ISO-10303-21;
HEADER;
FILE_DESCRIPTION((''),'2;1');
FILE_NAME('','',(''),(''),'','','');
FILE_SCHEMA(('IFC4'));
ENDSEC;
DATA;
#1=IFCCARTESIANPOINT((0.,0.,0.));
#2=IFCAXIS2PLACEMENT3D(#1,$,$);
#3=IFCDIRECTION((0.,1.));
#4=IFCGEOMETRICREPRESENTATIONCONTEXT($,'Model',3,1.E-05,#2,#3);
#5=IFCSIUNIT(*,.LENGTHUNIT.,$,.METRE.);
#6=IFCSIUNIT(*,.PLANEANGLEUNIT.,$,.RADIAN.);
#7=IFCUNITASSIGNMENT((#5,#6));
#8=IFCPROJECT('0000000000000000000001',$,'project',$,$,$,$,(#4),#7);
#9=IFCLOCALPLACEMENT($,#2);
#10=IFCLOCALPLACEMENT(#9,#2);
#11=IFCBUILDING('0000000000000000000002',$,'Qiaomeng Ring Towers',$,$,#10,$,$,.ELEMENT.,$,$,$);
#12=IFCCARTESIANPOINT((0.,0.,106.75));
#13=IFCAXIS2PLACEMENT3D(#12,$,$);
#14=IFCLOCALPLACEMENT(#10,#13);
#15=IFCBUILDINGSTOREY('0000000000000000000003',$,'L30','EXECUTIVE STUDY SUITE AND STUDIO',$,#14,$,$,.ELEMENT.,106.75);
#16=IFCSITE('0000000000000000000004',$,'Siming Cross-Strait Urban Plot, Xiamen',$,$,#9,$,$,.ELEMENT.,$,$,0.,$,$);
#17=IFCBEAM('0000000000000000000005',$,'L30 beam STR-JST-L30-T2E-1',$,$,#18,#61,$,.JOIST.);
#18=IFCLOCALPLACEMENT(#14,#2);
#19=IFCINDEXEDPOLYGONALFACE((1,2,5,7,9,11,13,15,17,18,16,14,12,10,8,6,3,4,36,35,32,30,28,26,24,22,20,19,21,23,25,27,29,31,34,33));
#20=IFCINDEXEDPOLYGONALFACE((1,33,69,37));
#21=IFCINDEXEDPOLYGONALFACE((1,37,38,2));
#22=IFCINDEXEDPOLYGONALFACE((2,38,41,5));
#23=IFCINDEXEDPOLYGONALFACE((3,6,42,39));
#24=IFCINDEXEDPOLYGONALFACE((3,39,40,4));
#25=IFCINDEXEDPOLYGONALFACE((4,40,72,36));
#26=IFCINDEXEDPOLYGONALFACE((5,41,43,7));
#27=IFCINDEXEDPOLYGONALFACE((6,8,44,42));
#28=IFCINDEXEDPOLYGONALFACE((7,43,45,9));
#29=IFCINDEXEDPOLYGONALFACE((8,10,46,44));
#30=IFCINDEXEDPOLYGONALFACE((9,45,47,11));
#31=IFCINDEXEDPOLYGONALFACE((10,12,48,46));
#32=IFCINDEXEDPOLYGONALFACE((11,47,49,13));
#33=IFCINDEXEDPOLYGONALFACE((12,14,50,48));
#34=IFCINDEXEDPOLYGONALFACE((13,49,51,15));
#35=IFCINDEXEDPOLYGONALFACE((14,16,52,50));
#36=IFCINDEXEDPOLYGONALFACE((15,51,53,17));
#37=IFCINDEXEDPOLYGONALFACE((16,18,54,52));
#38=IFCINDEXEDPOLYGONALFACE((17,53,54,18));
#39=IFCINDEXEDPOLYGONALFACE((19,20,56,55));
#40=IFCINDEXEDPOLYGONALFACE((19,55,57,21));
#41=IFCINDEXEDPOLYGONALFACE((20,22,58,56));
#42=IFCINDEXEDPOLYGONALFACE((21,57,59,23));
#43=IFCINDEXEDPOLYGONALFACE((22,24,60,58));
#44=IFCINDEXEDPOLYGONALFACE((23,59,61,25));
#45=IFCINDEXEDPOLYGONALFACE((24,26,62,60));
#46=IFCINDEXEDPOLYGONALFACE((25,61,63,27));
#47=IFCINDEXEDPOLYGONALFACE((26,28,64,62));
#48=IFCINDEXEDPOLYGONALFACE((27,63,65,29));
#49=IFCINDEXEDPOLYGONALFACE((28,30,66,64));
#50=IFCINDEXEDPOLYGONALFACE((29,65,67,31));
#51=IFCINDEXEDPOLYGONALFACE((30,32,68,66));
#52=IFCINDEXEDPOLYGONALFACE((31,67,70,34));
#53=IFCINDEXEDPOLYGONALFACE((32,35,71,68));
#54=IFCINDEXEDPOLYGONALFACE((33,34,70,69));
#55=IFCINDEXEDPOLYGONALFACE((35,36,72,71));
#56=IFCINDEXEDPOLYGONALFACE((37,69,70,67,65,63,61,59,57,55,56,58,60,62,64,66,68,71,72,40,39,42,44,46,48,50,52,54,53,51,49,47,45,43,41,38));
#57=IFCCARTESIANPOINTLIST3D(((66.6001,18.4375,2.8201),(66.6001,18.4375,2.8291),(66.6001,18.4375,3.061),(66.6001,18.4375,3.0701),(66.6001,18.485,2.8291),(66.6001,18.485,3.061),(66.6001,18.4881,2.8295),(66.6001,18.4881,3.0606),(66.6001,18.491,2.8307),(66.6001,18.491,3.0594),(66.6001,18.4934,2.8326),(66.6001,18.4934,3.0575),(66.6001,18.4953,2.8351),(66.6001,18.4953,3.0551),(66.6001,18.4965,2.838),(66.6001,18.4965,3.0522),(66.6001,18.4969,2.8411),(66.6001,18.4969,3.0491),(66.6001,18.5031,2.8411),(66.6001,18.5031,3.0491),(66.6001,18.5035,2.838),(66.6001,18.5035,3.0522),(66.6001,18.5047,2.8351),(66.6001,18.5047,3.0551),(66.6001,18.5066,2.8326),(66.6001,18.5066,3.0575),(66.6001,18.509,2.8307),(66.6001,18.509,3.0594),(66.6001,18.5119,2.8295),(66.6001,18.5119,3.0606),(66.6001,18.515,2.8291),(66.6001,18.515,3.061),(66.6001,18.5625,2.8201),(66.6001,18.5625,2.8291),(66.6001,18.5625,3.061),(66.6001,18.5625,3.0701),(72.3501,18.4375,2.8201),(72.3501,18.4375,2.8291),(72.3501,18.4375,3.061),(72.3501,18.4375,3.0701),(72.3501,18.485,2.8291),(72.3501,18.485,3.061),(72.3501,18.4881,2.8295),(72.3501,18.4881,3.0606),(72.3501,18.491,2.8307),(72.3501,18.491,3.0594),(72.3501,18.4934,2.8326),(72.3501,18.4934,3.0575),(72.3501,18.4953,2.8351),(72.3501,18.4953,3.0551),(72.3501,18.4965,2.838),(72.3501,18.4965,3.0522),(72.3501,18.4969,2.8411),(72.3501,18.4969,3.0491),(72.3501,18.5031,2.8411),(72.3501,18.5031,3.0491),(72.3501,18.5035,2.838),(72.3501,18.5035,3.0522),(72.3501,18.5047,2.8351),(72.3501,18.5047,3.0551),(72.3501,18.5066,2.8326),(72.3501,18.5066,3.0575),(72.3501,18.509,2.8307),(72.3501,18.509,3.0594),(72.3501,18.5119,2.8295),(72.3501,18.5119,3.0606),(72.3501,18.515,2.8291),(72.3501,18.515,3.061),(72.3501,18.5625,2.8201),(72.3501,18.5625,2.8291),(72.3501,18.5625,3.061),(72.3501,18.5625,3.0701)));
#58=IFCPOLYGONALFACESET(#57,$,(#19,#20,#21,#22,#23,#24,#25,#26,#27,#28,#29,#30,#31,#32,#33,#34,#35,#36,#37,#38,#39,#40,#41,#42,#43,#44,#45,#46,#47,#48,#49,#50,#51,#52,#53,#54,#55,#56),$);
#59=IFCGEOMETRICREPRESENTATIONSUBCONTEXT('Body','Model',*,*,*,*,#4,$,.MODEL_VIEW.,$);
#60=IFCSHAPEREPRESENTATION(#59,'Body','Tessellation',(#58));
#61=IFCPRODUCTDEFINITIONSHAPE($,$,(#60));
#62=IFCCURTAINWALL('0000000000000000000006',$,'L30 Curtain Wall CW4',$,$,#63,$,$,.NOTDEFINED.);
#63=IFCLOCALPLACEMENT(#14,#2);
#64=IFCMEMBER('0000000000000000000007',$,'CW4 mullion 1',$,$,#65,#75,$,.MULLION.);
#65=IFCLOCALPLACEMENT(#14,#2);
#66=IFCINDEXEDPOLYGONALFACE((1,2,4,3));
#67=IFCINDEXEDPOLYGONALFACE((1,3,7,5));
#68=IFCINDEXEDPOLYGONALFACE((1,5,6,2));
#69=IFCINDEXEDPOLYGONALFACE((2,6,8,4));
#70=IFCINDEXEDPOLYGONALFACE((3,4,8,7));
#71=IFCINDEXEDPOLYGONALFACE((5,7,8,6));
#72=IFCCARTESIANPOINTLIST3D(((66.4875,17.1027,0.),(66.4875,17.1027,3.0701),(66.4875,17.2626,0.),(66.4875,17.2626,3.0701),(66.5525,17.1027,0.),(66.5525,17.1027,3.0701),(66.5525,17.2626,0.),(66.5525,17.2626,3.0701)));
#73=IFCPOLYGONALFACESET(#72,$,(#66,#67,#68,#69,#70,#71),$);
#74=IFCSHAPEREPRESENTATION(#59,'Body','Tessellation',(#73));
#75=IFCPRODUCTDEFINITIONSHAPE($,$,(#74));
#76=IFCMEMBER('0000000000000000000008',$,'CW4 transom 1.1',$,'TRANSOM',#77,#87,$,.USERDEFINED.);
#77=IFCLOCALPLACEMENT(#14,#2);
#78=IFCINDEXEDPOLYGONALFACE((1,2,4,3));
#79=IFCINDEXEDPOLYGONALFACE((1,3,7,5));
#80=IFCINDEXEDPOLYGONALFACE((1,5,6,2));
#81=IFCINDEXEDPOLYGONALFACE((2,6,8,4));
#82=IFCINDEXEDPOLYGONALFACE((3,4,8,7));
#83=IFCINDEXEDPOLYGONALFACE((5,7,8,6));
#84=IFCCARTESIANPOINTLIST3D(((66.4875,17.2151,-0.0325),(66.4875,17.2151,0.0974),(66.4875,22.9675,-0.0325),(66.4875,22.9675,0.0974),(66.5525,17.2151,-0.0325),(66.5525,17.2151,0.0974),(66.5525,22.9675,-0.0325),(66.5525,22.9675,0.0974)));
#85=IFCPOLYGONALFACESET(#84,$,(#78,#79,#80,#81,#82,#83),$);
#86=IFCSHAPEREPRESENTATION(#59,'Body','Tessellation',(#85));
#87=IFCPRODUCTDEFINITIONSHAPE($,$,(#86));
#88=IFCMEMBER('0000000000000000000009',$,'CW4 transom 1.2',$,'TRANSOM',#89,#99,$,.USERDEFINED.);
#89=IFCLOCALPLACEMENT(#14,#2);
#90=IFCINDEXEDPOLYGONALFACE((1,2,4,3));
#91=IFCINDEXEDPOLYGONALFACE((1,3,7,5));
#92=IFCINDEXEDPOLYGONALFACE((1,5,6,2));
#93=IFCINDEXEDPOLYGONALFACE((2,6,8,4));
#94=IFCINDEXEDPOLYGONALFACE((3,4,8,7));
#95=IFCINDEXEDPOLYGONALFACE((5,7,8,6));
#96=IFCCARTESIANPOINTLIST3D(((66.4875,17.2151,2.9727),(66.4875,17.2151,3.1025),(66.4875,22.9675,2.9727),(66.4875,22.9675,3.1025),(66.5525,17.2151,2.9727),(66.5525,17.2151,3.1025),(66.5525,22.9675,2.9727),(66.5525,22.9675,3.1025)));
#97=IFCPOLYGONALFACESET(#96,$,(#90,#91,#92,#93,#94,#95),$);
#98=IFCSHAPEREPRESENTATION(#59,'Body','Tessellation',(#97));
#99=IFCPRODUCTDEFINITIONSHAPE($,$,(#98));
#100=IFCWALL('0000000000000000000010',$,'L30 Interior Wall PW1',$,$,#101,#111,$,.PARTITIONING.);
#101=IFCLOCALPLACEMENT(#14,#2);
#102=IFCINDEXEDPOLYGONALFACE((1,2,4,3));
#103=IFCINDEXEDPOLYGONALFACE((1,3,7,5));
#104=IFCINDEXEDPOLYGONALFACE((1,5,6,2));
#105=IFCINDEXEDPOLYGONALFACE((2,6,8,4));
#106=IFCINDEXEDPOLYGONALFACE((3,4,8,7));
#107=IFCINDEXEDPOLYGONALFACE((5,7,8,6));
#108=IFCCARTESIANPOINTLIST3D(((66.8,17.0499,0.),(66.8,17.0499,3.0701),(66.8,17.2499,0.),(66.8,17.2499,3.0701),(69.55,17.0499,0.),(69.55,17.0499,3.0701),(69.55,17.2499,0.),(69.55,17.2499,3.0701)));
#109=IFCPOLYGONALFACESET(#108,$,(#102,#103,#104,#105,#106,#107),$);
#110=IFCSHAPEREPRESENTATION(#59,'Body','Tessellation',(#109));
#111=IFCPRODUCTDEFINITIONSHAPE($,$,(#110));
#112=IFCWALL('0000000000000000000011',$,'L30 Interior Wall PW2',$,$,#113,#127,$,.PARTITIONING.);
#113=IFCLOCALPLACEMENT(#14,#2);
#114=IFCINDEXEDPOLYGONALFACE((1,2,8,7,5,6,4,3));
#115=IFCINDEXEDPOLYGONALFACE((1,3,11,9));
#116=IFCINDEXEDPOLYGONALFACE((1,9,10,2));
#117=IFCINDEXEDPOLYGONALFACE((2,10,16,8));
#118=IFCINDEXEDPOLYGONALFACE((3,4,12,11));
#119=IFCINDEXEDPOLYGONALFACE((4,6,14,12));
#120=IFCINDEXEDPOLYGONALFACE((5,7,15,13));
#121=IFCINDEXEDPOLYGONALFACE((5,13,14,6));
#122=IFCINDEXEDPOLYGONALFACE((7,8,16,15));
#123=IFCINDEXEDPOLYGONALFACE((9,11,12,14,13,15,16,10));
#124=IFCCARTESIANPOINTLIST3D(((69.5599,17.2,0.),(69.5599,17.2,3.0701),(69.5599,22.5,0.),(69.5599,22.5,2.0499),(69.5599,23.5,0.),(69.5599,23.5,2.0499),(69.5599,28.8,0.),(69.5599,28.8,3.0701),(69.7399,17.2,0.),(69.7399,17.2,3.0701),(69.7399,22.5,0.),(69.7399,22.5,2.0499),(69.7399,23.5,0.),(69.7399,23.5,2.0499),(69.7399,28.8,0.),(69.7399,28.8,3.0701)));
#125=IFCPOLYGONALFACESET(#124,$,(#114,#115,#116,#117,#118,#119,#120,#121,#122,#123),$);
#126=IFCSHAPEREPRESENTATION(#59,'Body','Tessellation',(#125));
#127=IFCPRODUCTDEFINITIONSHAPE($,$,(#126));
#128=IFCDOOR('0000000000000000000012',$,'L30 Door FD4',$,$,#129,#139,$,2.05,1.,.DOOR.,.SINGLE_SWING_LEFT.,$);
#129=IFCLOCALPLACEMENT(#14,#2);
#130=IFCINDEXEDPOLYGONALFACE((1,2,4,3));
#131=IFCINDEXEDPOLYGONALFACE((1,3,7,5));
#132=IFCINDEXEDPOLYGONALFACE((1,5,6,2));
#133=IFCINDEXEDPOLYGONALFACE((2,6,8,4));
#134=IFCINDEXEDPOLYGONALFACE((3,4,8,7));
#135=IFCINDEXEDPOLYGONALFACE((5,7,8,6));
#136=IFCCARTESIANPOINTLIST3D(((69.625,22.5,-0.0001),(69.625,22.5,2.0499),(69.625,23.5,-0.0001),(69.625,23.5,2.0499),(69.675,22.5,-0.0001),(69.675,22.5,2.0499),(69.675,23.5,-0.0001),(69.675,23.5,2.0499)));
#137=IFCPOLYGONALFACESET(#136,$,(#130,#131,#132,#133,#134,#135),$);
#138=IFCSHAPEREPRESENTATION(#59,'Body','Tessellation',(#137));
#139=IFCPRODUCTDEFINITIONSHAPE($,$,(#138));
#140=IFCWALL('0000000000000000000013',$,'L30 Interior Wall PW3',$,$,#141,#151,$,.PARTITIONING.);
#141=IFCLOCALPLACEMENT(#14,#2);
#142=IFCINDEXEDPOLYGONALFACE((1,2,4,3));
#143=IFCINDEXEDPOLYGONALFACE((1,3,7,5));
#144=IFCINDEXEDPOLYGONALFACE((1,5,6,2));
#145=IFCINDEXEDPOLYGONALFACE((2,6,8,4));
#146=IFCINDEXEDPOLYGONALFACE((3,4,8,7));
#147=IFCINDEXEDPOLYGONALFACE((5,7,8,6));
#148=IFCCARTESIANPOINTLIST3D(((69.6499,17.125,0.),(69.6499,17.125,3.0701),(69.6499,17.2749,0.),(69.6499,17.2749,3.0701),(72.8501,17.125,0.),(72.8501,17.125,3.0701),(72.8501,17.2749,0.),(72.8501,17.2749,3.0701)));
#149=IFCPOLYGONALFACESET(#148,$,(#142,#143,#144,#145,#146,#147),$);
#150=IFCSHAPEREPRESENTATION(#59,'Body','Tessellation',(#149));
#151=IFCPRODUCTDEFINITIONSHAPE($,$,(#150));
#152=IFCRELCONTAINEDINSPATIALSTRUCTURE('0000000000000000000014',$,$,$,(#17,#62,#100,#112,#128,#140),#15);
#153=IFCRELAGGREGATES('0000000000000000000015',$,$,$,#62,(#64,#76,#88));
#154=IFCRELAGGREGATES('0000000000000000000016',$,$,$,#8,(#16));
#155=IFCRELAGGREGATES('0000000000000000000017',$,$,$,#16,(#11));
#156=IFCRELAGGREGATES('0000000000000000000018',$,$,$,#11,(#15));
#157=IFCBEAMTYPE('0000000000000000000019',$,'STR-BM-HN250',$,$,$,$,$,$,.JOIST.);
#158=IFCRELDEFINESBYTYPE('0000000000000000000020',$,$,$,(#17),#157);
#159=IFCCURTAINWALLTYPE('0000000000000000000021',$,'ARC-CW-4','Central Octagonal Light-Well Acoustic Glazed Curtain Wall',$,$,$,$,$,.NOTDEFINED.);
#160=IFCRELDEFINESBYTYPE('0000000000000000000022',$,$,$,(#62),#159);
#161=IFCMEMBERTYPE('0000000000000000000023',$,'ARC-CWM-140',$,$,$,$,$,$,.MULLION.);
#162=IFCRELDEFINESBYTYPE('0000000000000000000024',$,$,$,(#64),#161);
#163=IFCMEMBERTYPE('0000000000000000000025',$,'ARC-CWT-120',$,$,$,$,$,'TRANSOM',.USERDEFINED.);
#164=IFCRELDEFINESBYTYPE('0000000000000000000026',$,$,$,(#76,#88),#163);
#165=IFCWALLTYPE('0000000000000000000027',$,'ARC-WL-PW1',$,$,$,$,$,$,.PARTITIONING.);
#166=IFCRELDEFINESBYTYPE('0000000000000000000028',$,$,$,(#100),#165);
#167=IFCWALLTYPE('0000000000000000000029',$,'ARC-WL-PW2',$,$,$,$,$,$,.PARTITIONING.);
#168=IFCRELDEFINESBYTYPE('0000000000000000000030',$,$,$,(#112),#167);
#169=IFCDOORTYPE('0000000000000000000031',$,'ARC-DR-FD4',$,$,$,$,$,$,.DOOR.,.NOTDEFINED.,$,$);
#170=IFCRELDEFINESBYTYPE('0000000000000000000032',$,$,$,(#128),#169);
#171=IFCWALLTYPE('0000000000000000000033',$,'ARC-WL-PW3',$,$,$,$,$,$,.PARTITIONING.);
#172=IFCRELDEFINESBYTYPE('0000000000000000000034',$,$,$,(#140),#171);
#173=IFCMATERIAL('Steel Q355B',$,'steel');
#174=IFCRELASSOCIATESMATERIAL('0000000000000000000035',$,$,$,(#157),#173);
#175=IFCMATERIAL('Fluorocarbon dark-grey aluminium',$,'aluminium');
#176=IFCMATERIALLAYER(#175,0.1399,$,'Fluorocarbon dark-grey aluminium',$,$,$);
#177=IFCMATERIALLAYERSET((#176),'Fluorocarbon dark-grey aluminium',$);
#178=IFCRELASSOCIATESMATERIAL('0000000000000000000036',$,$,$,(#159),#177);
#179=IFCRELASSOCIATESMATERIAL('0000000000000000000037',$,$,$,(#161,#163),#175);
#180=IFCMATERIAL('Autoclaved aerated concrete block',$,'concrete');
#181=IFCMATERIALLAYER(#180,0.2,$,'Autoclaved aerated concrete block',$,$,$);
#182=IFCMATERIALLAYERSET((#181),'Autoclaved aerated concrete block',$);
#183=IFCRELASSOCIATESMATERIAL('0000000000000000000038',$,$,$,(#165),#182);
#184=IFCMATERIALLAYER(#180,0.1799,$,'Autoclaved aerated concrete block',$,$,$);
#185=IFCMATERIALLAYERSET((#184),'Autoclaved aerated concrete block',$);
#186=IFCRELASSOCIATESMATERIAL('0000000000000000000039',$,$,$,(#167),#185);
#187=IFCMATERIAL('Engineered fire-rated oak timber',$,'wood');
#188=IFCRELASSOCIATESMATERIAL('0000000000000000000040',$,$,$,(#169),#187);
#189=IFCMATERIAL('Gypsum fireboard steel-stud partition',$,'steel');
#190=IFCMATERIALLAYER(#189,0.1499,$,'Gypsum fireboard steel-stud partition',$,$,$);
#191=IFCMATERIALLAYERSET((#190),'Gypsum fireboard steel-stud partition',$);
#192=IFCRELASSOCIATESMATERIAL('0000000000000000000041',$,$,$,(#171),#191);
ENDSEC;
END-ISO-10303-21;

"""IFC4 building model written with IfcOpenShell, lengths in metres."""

from ifc_helpers import new_model, si_unit, direction, frame, frame_2d, origin, origin_2d, place, context, subcontext, project, spatial, rectangle, i_section, extrude, source, transform, mapped, material, layer, layer_set, material_profile, profile_set, type_object, element, fill, aggregate, save


model = new_model("IFC4")

# Units and contexts
model_context = context("Model", 3, precision=1e-05, world=origin(), true_north=direction((0.0, 1.0)))
body_context = subcontext(model_context, "Body", "Model", "MODEL_VIEW")
ifc_project = project(units=[si_unit("LENGTHUNIT", "METRE"), si_unit("PLANEANGLEUNIT", "RADIAN")], contexts=[model_context])

# Site, building, storey
site_placement = place(None, origin())
site = spatial("IfcSite", under=ifc_project, at=site_placement, Name="Siming Cross-Strait Urban Plot, Xiamen", CompositionType="ELEMENT", RefElevation=0.0)
building_placement = place(site_placement, origin())
building = spatial("IfcBuilding", under=site, at=building_placement, Name="Qiaomeng Ring Towers", CompositionType="ELEMENT")
storey_placement = place(building_placement, frame((0.0, 0.0, 106.75)))
storey = spatial("IfcBuildingStorey", under=building, at=storey_placement, Name="L30", Description="EXECUTIVE STUDY SUITE AND STUDIO", CompositionType="ELEMENT", Elevation=106.75)

# Beam
ifc_material_1 = material(Name="Steel Q355B", Category="steel")
ifc_material_profile_1 = material_profile(ifc_material_1, i_section(OverallWidth=0.125, OverallDepth=0.25, WebThickness=0.0061, FlangeThickness=0.009, FilletRadius=0.012, at=origin_2d()), Name="HN 250x125x6x9")
ifc_profile_set_1 = profile_set([ifc_material_profile_1], Name="Steel Q355B")
beam_type_1 = type_object("IfcBeamType", Name="STR-BM-HN250", PredefinedType="JOIST", material=ifc_profile_set_1)
shared_shape_1 = source(origin(), body_context, "Body", "SweptSolid", [
    extrude(i_section(OverallWidth=0.125, OverallDepth=0.25, WebThickness=0.0061, FlangeThickness=0.009, FilletRadius=0.012, at=origin_2d()), origin(), (0.0, 0.0, 1.0), 5.75),
])
beam_1_placement = place(storey_placement, frame((66.6001, 18.5, 2.9451), z_axis=(1.0, 0.0, 0.0), x_axis=(0.0, 1.0, 0.0)))
element("IfcBeam", 1, at=beam_1_placement, inside=storey, type_object=beam_type_1, Name="L30 beam STR-JST-L30-T2E-1", PredefinedType="JOIST", context=body_context, shape_type="MappedRepresentation", body=[
    mapped(shared_shape_1, transform((0.0, 0.0, 0.0), x_axis=(1.0, 0.0, 0.0), y_axis=(0.0, 1.0, 0.0), z_axis=(0.0, 0.0, 1.0), scale=1.0)),
])

# Curtain wall, members
ifc_material_2 = material(Name="Fluorocarbon dark-grey aluminium", Category="aluminium")
ifc_layer_1 = layer(ifc_material_2, 0.1399, Name="Fluorocarbon dark-grey aluminium")
ifc_layer_set_1 = layer_set([ifc_layer_1], Name="Fluorocarbon dark-grey aluminium")
curtain_wall_type = type_object("IfcCurtainWallType", Name="ARC-CW-4", Description="Central Octagonal Light-Well Acoustic Glazed Curtain Wall", PredefinedType="NOTDEFINED", material=ifc_layer_set_1)
curtain_wall_placement = place(storey_placement, origin())
curtain_wall = element("IfcCurtainWall", 2, at=curtain_wall_placement, inside=storey, type_object=curtain_wall_type, Name="L30 Curtain Wall CW4", PredefinedType="NOTDEFINED")
ifc_material_profile_2 = material_profile(ifc_material_2, rectangle(XDim=0.0649, YDim=0.1599, at=origin_2d()), Name="ALU MULL 65x160")
ifc_profile_set_2 = profile_set([ifc_material_profile_2], Name="Fluorocarbon dark-grey aluminium")
member_type_1 = type_object("IfcMemberType", Name="ARC-CWM-140", PredefinedType="MULLION", material=ifc_profile_set_2)
shared_shape_2 = source(origin(), body_context, "Body", "SweptSolid", [
    extrude(rectangle(XDim=0.0649, YDim=0.1599, at=origin_2d()), origin(), (0.0, 0.0, 1.0), 3.0701),
])
member_1_placement = place(storey_placement, frame((66.52, 17.1826, 0.0), z_axis=(0.0, 0.0, 1.0), x_axis=(-1.0, 0.0, 0.0)))
member_1 = element("IfcMember", 3, at=member_1_placement, type_object=member_type_1, Name="CW4 mullion 1", PredefinedType="MULLION", context=body_context, shape_type="MappedRepresentation", body=[
    mapped(shared_shape_2, transform((0.0, 0.0, 0.0), x_axis=(1.0, 0.0, 0.0), y_axis=(0.0, 1.0, 0.0), z_axis=(0.0, 0.0, 1.0), scale=1.0)),
])
ifc_material_profile_3 = material_profile(ifc_material_2, rectangle(XDim=0.0649, YDim=0.1299, at=origin_2d()), Name="ALU TRAN 65x130")
ifc_profile_set_3 = profile_set([ifc_material_profile_3], Name="Fluorocarbon dark-grey aluminium")
member_type_2 = type_object("IfcMemberType", Name="ARC-CWT-120", ElementType="TRANSOM", PredefinedType="USERDEFINED", material=ifc_profile_set_3)
shared_shape_3 = source(origin(), body_context, "Body", "SweptSolid", [
    extrude(rectangle(XDim=0.0649, YDim=0.1299, at=origin_2d()), origin(), (0.0, 0.0, 1.0), 5.7524),
])
member_2_placement = place(storey_placement, frame((66.52, 17.2151, 0.0325), z_axis=(0.0, 1.0, 0.0), x_axis=(-1.0, 0.0, 0.0)))
member_2 = element("IfcMember", 4, at=member_2_placement, type_object=member_type_2, Name="CW4 transom 1.1", ObjectType="TRANSOM", PredefinedType="USERDEFINED", context=body_context, shape_type="MappedRepresentation", body=[
    mapped(shared_shape_3, transform((0.0, 0.0, 0.0), x_axis=(1.0, 0.0, 0.0), y_axis=(0.0, 1.0, 0.0), z_axis=(0.0, 0.0, 1.0), scale=1.0)),
])
member_3_placement = place(storey_placement, frame((66.52, 17.2151, 3.0376), z_axis=(0.0, 1.0, 0.0), x_axis=(-1.0, 0.0, 0.0)))
member_3 = element("IfcMember", 5, at=member_3_placement, type_object=member_type_2, Name="CW4 transom 1.2", ObjectType="TRANSOM", PredefinedType="USERDEFINED", context=body_context, shape_type="MappedRepresentation", body=[
    mapped(shared_shape_3, transform((0.0, 0.0, 0.0), x_axis=(1.0, 0.0, 0.0), y_axis=(0.0, 1.0, 0.0), z_axis=(0.0, 0.0, 1.0), scale=1.0)),
])
aggregate(curtain_wall, [member_1, member_2, member_3])

# Wall
ifc_material_3 = material(Name="Autoclaved aerated concrete block", Category="concrete")
ifc_layer_2 = layer(ifc_material_3, 0.2, Name="Autoclaved aerated concrete block")
ifc_layer_set_2 = layer_set([ifc_layer_2], Name="Autoclaved aerated concrete block")
wall_type_1 = type_object("IfcWallType", Name="ARC-WL-PW1", PredefinedType="PARTITIONING", material=ifc_layer_set_2)
wall_1_placement = place(storey_placement, frame((66.8, 17.1499, 0.0), z_axis=(0.0, 0.0, 1.0), x_axis=(1.0, 0.0, 0.0)))
element("IfcWall", 6, at=wall_1_placement, inside=storey, type_object=wall_type_1, Name="L30 Interior Wall PW1", PredefinedType="PARTITIONING", context=body_context, shape_type="SweptSolid", body=[
    extrude(rectangle(XDim=2.75, YDim=0.2, at=frame_2d((1.375, 0.0))), origin(), (0.0, 0.0, 1.0), 3.0701),
])

# Wall, opening, door
ifc_layer_3 = layer(ifc_material_3, 0.1799, Name="Autoclaved aerated concrete block")
ifc_layer_set_3 = layer_set([ifc_layer_3], Name="Autoclaved aerated concrete block")
wall_type_2 = type_object("IfcWallType", Name="ARC-WL-PW2", PredefinedType="PARTITIONING", material=ifc_layer_set_3)
wall_2_placement = place(storey_placement, frame((69.6499, 17.2, 0.0), z_axis=(0.0, 0.0, 1.0), x_axis=(0.0, 1.0, 0.0)))
wall_2 = element("IfcWall", 7, at=wall_2_placement, inside=storey, type_object=wall_type_2, Name="L30 Interior Wall PW2", PredefinedType="PARTITIONING", context=body_context, shape_type="SweptSolid", body=[
    extrude(rectangle(XDim=11.6001, YDim=0.1799, at=frame_2d((5.8, 0.0))), origin(), (0.0, 0.0, 1.0), 3.0701),
])
opening_1_placement = place(wall_2_placement, frame((5.3, 0.0, 0.0)))
opening_1 = element("IfcOpeningElement", 8, at=opening_1_placement, cuts=wall_2, PredefinedType="OPENING", context=body_context, shape_type="SweptSolid", body=[
    extrude(rectangle(XDim=1.0, YDim=2.05, at=frame_2d((0.5, 1.0249))), frame((0.0, 0.0999, 0.0), z_axis=(0.0, -1.0, 0.0), x_axis=(1.0, 0.0, 0.0)), (0.0, 0.0, 1.0), 0.2),
])
ifc_material_4 = material(Name="Engineered fire-rated oak timber", Category="wood")
door_type_1 = type_object("IfcDoorType", Name="ARC-DR-FD4", OperationType="NOTDEFINED", PredefinedType="DOOR", material=ifc_material_4)
shared_shape_4 = source(origin(), body_context, "Body", "SweptSolid", [
    extrude(rectangle(XDim=1.0, YDim=2.05, at=frame_2d((0.5, 1.0249))), frame((0.0, 0.0249, 0.0), z_axis=(0.0, -1.0, 0.0), x_axis=(1.0, 0.0, 0.0)), (0.0, 0.0, 1.0), 0.05),
])
door_1_placement = place(opening_1_placement, origin())
door_1 = element("IfcDoor", 9, at=door_1_placement, inside=storey, type_object=door_type_1, Name="L30 Door FD4", OperationType="SINGLE_SWING_LEFT", OverallHeight=2.05, OverallWidth=1.0, PredefinedType="DOOR", context=body_context, shape_type="MappedRepresentation", body=[
    mapped(shared_shape_4, transform((0.0, 0.0, 0.0), x_axis=(1.0, 0.0, 0.0), y_axis=(0.0, 1.0, 0.0), z_axis=(0.0, 0.0, 1.0), scale=1.0)),
])
fill(opening_1, door_1)

# Wall
ifc_material_5 = material(Name="Gypsum fireboard steel-stud partition", Category="steel")
ifc_layer_4 = layer(ifc_material_5, 0.1499, Name="Gypsum fireboard steel-stud partition")
ifc_layer_set_4 = layer_set([ifc_layer_4], Name="Gypsum fireboard steel-stud partition")
wall_type_3 = type_object("IfcWallType", Name="ARC-WL-PW3", PredefinedType="PARTITIONING", material=ifc_layer_set_4)
wall_3_placement = place(storey_placement, frame((69.6499, 17.2, 0.0), z_axis=(0.0, 0.0, 1.0), x_axis=(1.0, 0.0, 0.0)))
element("IfcWall", 10, at=wall_3_placement, inside=storey, type_object=wall_type_3, Name="L30 Interior Wall PW3", PredefinedType="PARTITIONING", context=body_context, shape_type="SweptSolid", body=[
    extrude(rectangle(XDim=3.2002, YDim=0.1499, at=frame_2d((1.6001, 0.0))), origin(), (0.0, 0.0, 1.0), 3.0701),
])

save(model, "model.ifc")
